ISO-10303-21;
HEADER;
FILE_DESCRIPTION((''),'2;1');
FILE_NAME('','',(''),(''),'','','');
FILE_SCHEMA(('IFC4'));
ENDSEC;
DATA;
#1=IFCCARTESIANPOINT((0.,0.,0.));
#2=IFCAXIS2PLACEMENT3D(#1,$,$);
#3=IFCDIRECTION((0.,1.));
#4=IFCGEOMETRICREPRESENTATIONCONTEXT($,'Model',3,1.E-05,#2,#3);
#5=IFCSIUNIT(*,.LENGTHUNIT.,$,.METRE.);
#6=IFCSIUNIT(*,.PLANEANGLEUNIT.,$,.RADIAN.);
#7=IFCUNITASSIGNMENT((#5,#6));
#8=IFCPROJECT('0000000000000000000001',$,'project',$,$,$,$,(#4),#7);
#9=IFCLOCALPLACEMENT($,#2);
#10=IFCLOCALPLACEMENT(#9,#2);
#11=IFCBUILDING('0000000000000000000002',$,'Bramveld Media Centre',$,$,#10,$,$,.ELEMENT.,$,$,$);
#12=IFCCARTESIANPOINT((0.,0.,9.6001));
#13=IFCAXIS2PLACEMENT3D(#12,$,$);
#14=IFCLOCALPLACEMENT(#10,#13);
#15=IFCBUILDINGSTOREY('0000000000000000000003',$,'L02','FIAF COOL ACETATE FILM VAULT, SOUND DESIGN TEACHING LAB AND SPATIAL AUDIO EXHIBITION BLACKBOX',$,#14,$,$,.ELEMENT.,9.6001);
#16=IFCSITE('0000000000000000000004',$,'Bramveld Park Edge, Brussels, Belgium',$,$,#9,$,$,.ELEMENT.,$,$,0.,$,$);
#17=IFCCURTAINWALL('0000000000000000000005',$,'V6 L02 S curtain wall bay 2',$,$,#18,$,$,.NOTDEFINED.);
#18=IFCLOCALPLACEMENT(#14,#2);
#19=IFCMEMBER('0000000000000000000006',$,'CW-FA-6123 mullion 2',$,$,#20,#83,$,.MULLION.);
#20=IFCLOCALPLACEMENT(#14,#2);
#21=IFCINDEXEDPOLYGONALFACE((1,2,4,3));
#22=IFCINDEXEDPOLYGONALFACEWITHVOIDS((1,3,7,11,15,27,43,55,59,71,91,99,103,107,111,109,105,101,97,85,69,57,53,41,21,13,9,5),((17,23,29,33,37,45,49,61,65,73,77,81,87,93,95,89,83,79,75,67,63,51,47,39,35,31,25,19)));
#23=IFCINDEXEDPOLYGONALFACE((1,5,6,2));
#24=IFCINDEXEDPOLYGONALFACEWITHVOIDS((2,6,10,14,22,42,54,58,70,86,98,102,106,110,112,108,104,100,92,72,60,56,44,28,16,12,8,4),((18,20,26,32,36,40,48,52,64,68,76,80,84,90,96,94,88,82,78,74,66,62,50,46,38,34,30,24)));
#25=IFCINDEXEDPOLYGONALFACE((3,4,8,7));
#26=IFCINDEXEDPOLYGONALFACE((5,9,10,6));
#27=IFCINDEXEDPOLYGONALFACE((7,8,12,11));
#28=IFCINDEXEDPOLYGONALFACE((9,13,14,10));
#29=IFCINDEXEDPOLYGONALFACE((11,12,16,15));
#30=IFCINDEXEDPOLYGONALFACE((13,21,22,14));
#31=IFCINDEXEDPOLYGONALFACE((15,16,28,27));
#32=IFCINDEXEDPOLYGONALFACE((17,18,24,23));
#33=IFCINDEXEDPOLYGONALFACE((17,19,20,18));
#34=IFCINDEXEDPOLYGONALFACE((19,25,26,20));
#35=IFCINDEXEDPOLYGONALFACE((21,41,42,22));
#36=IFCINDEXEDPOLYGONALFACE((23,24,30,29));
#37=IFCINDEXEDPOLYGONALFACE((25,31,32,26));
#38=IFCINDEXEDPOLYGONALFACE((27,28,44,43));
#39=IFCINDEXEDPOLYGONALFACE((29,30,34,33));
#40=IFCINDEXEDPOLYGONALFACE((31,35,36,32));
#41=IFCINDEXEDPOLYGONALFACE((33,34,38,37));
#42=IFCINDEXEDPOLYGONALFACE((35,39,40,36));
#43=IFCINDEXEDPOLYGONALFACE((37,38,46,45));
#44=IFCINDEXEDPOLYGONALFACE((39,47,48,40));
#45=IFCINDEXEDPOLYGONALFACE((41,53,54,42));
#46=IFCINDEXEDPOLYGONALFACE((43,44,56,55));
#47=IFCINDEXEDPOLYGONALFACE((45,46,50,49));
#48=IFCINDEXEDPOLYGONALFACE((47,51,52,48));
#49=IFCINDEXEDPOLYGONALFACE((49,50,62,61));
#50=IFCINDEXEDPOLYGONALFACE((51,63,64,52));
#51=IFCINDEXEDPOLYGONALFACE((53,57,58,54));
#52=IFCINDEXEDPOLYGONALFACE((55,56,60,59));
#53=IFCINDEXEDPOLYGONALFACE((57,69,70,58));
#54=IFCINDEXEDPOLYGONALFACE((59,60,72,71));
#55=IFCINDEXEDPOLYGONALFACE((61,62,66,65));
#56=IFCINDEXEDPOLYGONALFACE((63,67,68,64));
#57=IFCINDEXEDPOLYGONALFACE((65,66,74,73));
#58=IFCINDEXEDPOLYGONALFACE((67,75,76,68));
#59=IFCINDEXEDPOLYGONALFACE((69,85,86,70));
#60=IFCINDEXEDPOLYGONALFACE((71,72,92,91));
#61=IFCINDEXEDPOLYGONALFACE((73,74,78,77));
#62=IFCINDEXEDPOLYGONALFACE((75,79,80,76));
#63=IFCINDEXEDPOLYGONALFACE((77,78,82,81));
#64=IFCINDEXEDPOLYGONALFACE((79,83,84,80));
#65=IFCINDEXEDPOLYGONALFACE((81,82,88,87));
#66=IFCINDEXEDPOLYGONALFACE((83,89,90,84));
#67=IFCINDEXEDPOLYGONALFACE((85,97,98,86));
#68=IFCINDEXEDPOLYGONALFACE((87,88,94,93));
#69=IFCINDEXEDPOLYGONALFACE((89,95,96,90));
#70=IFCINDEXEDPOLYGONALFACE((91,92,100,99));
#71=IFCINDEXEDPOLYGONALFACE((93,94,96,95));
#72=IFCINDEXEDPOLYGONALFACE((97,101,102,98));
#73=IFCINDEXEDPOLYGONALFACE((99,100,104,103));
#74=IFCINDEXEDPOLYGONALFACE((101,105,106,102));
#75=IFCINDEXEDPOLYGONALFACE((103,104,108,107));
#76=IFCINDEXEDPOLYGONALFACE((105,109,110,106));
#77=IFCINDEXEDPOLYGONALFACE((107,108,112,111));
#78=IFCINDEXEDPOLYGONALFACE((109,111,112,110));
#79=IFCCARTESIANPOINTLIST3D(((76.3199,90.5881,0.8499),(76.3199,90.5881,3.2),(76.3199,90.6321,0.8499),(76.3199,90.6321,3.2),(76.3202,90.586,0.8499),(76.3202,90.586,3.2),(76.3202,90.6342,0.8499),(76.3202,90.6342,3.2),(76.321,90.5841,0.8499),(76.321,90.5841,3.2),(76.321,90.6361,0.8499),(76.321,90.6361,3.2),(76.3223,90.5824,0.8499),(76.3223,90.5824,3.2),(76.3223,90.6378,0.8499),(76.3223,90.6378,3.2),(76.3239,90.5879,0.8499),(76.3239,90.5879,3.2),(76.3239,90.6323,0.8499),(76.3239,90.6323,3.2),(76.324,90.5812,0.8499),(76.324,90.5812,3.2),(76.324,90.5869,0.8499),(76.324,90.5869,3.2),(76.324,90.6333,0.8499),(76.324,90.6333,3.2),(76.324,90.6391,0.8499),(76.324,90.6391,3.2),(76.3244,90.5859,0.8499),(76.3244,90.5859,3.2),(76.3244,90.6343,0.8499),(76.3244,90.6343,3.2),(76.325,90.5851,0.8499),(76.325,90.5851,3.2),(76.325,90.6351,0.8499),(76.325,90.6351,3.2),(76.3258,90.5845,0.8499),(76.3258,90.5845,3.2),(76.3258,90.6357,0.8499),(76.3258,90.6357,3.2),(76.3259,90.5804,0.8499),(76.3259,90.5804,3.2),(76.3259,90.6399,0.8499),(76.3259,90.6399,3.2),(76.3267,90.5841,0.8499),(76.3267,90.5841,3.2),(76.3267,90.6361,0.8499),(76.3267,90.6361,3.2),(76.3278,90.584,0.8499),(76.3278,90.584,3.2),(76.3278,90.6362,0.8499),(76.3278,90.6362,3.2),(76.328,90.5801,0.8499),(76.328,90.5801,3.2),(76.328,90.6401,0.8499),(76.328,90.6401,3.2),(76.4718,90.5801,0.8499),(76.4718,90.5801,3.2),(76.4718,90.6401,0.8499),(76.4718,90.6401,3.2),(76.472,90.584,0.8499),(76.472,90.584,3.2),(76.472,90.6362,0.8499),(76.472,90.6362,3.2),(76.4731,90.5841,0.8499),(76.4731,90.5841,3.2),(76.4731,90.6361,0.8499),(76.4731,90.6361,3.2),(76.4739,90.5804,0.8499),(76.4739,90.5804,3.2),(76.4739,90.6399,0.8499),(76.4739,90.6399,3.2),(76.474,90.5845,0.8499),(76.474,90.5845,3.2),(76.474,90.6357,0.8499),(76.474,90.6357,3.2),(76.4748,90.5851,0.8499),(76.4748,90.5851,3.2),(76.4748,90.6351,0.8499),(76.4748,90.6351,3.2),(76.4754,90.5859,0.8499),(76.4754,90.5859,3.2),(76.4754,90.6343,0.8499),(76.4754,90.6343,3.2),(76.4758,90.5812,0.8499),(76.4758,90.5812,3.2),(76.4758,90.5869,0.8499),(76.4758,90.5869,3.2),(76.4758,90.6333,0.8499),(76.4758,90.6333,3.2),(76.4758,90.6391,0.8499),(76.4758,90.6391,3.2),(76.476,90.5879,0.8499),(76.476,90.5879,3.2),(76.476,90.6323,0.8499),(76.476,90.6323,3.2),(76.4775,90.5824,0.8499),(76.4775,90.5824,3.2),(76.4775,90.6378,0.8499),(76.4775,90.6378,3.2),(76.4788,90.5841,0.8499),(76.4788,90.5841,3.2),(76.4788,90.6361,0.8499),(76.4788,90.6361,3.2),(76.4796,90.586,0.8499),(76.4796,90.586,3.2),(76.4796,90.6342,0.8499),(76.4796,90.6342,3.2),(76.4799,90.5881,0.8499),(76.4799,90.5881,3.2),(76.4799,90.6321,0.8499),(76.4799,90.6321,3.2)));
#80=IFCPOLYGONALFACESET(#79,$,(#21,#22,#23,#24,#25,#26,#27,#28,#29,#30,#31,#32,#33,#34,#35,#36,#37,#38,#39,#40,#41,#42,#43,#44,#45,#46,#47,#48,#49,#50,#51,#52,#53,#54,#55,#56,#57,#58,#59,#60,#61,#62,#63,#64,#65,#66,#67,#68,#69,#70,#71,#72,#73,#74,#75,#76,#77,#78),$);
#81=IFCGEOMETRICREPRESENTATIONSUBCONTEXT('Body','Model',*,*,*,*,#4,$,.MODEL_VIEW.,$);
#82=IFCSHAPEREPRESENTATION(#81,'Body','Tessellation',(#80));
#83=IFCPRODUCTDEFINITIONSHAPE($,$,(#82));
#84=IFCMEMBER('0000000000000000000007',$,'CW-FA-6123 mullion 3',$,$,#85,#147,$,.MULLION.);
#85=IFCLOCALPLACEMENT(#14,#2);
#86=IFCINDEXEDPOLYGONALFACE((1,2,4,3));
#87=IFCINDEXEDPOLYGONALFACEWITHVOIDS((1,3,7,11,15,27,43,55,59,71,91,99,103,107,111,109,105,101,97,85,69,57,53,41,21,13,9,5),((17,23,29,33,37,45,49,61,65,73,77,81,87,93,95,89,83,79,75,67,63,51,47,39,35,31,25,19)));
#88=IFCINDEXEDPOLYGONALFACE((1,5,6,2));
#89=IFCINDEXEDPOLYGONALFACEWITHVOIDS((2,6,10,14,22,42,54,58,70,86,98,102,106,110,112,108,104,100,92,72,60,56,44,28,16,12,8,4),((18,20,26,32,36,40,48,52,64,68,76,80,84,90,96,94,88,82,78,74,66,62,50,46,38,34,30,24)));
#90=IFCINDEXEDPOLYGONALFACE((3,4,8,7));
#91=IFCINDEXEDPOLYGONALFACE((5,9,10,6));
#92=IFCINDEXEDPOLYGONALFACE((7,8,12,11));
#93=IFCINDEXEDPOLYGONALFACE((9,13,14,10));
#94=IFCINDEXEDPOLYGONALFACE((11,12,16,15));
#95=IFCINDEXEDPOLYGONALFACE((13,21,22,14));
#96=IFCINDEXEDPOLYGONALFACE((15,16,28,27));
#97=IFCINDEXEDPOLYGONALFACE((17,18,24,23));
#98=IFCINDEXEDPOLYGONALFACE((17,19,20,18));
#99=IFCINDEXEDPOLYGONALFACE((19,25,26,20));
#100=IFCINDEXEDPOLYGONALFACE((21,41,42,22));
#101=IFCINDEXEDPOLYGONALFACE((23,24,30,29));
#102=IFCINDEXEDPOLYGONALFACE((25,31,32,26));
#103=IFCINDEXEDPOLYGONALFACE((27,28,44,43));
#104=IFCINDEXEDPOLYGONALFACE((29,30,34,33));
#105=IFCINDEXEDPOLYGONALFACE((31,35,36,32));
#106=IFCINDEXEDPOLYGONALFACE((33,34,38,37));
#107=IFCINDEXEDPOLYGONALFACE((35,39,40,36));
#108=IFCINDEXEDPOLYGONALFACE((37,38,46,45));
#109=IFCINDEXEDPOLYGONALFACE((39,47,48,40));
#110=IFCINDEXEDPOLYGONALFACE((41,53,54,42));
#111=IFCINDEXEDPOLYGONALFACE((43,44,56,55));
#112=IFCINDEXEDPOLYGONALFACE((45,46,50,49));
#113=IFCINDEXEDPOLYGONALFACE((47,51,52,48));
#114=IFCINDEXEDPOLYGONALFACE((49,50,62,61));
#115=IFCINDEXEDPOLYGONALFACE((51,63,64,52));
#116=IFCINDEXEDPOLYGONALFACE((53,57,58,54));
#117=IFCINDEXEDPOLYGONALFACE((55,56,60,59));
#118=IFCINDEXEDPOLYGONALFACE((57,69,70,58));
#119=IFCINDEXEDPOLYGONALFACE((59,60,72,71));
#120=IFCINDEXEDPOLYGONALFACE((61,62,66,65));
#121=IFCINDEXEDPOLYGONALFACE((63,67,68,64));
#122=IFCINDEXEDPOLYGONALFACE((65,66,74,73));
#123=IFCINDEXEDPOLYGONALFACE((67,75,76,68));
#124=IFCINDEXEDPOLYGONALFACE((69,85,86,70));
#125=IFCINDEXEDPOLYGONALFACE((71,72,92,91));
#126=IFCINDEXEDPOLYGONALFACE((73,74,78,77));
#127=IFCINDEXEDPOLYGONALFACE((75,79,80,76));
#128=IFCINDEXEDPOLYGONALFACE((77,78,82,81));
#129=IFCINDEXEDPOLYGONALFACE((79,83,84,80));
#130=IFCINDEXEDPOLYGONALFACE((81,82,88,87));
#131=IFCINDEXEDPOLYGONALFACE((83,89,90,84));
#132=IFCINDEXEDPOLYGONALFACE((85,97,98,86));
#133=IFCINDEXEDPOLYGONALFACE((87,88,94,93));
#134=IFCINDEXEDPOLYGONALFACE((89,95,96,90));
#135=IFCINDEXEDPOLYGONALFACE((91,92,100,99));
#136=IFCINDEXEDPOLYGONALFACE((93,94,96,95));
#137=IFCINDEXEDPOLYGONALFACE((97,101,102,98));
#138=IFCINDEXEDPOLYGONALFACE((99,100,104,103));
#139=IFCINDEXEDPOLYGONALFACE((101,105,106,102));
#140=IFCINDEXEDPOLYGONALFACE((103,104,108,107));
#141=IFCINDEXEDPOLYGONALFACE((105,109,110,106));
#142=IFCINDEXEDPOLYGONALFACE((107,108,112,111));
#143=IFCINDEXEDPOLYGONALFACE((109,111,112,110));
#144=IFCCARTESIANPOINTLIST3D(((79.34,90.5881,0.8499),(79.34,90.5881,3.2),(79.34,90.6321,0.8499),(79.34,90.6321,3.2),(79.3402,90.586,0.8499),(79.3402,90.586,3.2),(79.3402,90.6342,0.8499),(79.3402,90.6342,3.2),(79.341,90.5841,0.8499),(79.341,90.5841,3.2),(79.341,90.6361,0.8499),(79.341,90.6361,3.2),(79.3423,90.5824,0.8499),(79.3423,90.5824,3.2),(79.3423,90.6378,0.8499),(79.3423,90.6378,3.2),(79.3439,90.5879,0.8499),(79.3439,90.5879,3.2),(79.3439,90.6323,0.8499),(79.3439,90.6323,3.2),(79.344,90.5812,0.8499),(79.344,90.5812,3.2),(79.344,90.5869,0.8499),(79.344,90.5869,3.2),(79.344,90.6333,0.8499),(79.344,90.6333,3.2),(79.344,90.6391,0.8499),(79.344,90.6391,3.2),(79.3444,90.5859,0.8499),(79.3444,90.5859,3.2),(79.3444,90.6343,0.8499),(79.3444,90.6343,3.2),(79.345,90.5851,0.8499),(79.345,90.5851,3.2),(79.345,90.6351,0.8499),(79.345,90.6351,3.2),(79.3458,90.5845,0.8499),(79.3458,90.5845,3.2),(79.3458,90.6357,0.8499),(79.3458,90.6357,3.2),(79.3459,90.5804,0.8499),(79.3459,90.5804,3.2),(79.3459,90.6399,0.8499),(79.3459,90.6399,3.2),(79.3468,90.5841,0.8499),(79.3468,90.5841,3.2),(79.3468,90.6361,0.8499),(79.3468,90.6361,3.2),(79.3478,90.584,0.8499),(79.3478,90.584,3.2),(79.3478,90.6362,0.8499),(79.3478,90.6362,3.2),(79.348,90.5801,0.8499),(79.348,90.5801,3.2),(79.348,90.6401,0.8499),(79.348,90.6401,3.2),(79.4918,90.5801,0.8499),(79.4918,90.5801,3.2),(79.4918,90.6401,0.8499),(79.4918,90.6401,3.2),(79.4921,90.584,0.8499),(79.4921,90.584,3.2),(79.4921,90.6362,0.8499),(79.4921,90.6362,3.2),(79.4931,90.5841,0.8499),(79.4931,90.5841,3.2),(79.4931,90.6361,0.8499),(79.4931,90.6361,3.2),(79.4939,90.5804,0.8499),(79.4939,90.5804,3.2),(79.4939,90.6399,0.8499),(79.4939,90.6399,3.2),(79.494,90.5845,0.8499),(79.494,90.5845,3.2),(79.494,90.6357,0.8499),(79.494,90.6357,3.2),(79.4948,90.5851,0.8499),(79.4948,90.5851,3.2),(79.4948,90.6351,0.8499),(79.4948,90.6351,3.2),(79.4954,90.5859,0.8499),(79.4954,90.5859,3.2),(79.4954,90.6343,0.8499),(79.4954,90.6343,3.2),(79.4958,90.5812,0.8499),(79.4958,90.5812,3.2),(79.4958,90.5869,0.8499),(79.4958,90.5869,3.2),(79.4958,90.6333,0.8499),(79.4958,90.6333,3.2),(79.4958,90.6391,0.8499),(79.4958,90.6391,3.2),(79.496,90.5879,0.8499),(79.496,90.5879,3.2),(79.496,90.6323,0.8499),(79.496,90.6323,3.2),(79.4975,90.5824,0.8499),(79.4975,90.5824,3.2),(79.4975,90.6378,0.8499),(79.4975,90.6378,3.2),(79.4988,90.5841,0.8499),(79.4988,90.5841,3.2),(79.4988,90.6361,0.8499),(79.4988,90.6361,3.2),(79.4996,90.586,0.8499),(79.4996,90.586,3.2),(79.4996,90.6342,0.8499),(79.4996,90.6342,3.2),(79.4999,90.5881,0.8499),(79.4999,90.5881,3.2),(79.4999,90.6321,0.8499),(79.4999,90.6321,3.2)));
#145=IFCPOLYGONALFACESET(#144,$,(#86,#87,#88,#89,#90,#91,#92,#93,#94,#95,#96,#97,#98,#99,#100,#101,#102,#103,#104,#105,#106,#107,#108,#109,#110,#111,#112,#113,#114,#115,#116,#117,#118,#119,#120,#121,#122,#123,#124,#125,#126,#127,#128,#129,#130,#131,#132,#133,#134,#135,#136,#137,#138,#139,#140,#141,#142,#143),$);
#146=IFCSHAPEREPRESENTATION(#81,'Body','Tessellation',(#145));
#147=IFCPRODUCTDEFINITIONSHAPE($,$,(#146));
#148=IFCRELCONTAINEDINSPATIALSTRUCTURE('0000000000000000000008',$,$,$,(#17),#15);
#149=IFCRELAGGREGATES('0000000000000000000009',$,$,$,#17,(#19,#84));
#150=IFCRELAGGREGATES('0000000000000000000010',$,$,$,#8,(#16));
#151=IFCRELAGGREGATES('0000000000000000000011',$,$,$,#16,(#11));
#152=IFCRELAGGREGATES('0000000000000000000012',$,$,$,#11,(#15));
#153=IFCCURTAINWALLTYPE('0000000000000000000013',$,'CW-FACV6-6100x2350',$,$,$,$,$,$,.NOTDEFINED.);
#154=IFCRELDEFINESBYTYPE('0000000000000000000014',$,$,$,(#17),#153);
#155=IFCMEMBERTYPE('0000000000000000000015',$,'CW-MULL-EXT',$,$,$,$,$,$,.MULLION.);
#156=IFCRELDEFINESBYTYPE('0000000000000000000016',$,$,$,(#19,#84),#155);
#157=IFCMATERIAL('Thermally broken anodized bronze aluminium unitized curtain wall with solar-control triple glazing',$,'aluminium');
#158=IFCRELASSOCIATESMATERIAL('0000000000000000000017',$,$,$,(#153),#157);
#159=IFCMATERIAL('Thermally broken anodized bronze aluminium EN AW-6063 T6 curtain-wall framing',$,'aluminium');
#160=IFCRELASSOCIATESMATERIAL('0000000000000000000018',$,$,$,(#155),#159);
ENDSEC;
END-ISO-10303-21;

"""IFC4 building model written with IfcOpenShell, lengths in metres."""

from ifc_helpers import new_model, si_unit, direction, frame, origin, origin_2d, place, context, subcontext, project, spatial, hollow_rectangle, extrude, material, material_profile, profile_set, type_object, element, aggregate, save


model = new_model("IFC4")

# Units and contexts
model_context = context("Model", 3, precision=1e-05, world=origin(), true_north=direction((0.0, 1.0)))
body_context = subcontext(model_context, "Body", "Model", "MODEL_VIEW")
ifc_project = project(units=[si_unit("LENGTHUNIT", "METRE"), si_unit("PLANEANGLEUNIT", "RADIAN")], contexts=[model_context])

# Site, building, storey
site_placement = place(None, origin())
site = spatial("IfcSite", under=ifc_project, at=site_placement, Name="Bramveld Park Edge, Brussels, Belgium", CompositionType="ELEMENT", RefElevation=0.0)
building_placement = place(site_placement, origin())
building = spatial("IfcBuilding", under=site, at=building_placement, Name="Bramveld Media Centre", CompositionType="ELEMENT")
storey_placement = place(building_placement, frame((0.0, 0.0, 9.6001)))
storey = spatial("IfcBuildingStorey", under=building, at=storey_placement, Name="L02", Description="FIAF COOL ACETATE FILM VAULT, SOUND DESIGN TEACHING LAB AND SPATIAL AUDIO EXHIBITION BLACKBOX", CompositionType="ELEMENT", Elevation=9.6001)

# Curtain wall, members
ifc_material_1 = material(Name="Thermally broken anodized bronze aluminium unitized curtain wall with solar-control triple glazing", Category="aluminium")
curtain_wall_type_1 = type_object("IfcCurtainWallType", Name="CW-FACV6-6100x2350", PredefinedType="NOTDEFINED", material=ifc_material_1)
curtain_wall_1_placement = place(storey_placement, origin())
curtain_wall_1 = element("IfcCurtainWall", 1, at=curtain_wall_1_placement, inside=storey, type_object=curtain_wall_type_1, Name="V6 L02 S curtain wall bay 2", PredefinedType="NOTDEFINED")
ifc_material_2 = material(Name="Thermally broken anodized bronze aluminium EN AW-6063 T6 curtain-wall framing", Category="aluminium")
ifc_material_profile_1 = material_profile(ifc_material_2, hollow_rectangle(XDim=0.0601, YDim=0.1599, WallThickness=0.0039, InnerFilletRadius=0.0039, OuterFilletRadius=0.0081, at=origin_2d()), Name="AL-MULL 60x160")
ifc_profile_set_1 = profile_set([ifc_material_profile_1], Name="Thermally broken anodized bronze aluminium EN AW-6063 T6 curtain-wall framing")
member_type_1 = type_object("IfcMemberType", Name="CW-MULL-EXT", PredefinedType="MULLION", material=ifc_profile_set_1)
member_1_placement = place(storey_placement, frame((76.3999, 90.6101, 0.8499), z_axis=(0.0, 0.0, 1.0), x_axis=(0.0, 1.0, 0.0)))
member_1 = element("IfcMember", 2, at=member_1_placement, type_object=member_type_1, Name="CW-FA-6123 mullion 2", PredefinedType="MULLION", context=body_context, shape_type="SweptSolid", body=[
    extrude(hollow_rectangle(XDim=0.0601, YDim=0.1599, WallThickness=0.0039, InnerFilletRadius=0.0039, OuterFilletRadius=0.0081, at=origin_2d()), origin(), (0.0, 0.0, 1.0), 2.3501),
])
member_2_placement = place(storey_placement, frame((79.4199, 90.6101, 0.8499), z_axis=(0.0, 0.0, 1.0), x_axis=(0.0, 1.0, 0.0)))
member_2 = element("IfcMember", 3, at=member_2_placement, type_object=member_type_1, Name="CW-FA-6123 mullion 3", PredefinedType="MULLION", context=body_context, shape_type="SweptSolid", body=[
    extrude(hollow_rectangle(XDim=0.0601, YDim=0.1599, WallThickness=0.0039, InnerFilletRadius=0.0039, OuterFilletRadius=0.0081, at=origin_2d()), origin(), (0.0, 0.0, 1.0), 2.3501),
])

aggregate(curtain_wall_1, [member_1, member_2])

save(model, "model.ifc")
